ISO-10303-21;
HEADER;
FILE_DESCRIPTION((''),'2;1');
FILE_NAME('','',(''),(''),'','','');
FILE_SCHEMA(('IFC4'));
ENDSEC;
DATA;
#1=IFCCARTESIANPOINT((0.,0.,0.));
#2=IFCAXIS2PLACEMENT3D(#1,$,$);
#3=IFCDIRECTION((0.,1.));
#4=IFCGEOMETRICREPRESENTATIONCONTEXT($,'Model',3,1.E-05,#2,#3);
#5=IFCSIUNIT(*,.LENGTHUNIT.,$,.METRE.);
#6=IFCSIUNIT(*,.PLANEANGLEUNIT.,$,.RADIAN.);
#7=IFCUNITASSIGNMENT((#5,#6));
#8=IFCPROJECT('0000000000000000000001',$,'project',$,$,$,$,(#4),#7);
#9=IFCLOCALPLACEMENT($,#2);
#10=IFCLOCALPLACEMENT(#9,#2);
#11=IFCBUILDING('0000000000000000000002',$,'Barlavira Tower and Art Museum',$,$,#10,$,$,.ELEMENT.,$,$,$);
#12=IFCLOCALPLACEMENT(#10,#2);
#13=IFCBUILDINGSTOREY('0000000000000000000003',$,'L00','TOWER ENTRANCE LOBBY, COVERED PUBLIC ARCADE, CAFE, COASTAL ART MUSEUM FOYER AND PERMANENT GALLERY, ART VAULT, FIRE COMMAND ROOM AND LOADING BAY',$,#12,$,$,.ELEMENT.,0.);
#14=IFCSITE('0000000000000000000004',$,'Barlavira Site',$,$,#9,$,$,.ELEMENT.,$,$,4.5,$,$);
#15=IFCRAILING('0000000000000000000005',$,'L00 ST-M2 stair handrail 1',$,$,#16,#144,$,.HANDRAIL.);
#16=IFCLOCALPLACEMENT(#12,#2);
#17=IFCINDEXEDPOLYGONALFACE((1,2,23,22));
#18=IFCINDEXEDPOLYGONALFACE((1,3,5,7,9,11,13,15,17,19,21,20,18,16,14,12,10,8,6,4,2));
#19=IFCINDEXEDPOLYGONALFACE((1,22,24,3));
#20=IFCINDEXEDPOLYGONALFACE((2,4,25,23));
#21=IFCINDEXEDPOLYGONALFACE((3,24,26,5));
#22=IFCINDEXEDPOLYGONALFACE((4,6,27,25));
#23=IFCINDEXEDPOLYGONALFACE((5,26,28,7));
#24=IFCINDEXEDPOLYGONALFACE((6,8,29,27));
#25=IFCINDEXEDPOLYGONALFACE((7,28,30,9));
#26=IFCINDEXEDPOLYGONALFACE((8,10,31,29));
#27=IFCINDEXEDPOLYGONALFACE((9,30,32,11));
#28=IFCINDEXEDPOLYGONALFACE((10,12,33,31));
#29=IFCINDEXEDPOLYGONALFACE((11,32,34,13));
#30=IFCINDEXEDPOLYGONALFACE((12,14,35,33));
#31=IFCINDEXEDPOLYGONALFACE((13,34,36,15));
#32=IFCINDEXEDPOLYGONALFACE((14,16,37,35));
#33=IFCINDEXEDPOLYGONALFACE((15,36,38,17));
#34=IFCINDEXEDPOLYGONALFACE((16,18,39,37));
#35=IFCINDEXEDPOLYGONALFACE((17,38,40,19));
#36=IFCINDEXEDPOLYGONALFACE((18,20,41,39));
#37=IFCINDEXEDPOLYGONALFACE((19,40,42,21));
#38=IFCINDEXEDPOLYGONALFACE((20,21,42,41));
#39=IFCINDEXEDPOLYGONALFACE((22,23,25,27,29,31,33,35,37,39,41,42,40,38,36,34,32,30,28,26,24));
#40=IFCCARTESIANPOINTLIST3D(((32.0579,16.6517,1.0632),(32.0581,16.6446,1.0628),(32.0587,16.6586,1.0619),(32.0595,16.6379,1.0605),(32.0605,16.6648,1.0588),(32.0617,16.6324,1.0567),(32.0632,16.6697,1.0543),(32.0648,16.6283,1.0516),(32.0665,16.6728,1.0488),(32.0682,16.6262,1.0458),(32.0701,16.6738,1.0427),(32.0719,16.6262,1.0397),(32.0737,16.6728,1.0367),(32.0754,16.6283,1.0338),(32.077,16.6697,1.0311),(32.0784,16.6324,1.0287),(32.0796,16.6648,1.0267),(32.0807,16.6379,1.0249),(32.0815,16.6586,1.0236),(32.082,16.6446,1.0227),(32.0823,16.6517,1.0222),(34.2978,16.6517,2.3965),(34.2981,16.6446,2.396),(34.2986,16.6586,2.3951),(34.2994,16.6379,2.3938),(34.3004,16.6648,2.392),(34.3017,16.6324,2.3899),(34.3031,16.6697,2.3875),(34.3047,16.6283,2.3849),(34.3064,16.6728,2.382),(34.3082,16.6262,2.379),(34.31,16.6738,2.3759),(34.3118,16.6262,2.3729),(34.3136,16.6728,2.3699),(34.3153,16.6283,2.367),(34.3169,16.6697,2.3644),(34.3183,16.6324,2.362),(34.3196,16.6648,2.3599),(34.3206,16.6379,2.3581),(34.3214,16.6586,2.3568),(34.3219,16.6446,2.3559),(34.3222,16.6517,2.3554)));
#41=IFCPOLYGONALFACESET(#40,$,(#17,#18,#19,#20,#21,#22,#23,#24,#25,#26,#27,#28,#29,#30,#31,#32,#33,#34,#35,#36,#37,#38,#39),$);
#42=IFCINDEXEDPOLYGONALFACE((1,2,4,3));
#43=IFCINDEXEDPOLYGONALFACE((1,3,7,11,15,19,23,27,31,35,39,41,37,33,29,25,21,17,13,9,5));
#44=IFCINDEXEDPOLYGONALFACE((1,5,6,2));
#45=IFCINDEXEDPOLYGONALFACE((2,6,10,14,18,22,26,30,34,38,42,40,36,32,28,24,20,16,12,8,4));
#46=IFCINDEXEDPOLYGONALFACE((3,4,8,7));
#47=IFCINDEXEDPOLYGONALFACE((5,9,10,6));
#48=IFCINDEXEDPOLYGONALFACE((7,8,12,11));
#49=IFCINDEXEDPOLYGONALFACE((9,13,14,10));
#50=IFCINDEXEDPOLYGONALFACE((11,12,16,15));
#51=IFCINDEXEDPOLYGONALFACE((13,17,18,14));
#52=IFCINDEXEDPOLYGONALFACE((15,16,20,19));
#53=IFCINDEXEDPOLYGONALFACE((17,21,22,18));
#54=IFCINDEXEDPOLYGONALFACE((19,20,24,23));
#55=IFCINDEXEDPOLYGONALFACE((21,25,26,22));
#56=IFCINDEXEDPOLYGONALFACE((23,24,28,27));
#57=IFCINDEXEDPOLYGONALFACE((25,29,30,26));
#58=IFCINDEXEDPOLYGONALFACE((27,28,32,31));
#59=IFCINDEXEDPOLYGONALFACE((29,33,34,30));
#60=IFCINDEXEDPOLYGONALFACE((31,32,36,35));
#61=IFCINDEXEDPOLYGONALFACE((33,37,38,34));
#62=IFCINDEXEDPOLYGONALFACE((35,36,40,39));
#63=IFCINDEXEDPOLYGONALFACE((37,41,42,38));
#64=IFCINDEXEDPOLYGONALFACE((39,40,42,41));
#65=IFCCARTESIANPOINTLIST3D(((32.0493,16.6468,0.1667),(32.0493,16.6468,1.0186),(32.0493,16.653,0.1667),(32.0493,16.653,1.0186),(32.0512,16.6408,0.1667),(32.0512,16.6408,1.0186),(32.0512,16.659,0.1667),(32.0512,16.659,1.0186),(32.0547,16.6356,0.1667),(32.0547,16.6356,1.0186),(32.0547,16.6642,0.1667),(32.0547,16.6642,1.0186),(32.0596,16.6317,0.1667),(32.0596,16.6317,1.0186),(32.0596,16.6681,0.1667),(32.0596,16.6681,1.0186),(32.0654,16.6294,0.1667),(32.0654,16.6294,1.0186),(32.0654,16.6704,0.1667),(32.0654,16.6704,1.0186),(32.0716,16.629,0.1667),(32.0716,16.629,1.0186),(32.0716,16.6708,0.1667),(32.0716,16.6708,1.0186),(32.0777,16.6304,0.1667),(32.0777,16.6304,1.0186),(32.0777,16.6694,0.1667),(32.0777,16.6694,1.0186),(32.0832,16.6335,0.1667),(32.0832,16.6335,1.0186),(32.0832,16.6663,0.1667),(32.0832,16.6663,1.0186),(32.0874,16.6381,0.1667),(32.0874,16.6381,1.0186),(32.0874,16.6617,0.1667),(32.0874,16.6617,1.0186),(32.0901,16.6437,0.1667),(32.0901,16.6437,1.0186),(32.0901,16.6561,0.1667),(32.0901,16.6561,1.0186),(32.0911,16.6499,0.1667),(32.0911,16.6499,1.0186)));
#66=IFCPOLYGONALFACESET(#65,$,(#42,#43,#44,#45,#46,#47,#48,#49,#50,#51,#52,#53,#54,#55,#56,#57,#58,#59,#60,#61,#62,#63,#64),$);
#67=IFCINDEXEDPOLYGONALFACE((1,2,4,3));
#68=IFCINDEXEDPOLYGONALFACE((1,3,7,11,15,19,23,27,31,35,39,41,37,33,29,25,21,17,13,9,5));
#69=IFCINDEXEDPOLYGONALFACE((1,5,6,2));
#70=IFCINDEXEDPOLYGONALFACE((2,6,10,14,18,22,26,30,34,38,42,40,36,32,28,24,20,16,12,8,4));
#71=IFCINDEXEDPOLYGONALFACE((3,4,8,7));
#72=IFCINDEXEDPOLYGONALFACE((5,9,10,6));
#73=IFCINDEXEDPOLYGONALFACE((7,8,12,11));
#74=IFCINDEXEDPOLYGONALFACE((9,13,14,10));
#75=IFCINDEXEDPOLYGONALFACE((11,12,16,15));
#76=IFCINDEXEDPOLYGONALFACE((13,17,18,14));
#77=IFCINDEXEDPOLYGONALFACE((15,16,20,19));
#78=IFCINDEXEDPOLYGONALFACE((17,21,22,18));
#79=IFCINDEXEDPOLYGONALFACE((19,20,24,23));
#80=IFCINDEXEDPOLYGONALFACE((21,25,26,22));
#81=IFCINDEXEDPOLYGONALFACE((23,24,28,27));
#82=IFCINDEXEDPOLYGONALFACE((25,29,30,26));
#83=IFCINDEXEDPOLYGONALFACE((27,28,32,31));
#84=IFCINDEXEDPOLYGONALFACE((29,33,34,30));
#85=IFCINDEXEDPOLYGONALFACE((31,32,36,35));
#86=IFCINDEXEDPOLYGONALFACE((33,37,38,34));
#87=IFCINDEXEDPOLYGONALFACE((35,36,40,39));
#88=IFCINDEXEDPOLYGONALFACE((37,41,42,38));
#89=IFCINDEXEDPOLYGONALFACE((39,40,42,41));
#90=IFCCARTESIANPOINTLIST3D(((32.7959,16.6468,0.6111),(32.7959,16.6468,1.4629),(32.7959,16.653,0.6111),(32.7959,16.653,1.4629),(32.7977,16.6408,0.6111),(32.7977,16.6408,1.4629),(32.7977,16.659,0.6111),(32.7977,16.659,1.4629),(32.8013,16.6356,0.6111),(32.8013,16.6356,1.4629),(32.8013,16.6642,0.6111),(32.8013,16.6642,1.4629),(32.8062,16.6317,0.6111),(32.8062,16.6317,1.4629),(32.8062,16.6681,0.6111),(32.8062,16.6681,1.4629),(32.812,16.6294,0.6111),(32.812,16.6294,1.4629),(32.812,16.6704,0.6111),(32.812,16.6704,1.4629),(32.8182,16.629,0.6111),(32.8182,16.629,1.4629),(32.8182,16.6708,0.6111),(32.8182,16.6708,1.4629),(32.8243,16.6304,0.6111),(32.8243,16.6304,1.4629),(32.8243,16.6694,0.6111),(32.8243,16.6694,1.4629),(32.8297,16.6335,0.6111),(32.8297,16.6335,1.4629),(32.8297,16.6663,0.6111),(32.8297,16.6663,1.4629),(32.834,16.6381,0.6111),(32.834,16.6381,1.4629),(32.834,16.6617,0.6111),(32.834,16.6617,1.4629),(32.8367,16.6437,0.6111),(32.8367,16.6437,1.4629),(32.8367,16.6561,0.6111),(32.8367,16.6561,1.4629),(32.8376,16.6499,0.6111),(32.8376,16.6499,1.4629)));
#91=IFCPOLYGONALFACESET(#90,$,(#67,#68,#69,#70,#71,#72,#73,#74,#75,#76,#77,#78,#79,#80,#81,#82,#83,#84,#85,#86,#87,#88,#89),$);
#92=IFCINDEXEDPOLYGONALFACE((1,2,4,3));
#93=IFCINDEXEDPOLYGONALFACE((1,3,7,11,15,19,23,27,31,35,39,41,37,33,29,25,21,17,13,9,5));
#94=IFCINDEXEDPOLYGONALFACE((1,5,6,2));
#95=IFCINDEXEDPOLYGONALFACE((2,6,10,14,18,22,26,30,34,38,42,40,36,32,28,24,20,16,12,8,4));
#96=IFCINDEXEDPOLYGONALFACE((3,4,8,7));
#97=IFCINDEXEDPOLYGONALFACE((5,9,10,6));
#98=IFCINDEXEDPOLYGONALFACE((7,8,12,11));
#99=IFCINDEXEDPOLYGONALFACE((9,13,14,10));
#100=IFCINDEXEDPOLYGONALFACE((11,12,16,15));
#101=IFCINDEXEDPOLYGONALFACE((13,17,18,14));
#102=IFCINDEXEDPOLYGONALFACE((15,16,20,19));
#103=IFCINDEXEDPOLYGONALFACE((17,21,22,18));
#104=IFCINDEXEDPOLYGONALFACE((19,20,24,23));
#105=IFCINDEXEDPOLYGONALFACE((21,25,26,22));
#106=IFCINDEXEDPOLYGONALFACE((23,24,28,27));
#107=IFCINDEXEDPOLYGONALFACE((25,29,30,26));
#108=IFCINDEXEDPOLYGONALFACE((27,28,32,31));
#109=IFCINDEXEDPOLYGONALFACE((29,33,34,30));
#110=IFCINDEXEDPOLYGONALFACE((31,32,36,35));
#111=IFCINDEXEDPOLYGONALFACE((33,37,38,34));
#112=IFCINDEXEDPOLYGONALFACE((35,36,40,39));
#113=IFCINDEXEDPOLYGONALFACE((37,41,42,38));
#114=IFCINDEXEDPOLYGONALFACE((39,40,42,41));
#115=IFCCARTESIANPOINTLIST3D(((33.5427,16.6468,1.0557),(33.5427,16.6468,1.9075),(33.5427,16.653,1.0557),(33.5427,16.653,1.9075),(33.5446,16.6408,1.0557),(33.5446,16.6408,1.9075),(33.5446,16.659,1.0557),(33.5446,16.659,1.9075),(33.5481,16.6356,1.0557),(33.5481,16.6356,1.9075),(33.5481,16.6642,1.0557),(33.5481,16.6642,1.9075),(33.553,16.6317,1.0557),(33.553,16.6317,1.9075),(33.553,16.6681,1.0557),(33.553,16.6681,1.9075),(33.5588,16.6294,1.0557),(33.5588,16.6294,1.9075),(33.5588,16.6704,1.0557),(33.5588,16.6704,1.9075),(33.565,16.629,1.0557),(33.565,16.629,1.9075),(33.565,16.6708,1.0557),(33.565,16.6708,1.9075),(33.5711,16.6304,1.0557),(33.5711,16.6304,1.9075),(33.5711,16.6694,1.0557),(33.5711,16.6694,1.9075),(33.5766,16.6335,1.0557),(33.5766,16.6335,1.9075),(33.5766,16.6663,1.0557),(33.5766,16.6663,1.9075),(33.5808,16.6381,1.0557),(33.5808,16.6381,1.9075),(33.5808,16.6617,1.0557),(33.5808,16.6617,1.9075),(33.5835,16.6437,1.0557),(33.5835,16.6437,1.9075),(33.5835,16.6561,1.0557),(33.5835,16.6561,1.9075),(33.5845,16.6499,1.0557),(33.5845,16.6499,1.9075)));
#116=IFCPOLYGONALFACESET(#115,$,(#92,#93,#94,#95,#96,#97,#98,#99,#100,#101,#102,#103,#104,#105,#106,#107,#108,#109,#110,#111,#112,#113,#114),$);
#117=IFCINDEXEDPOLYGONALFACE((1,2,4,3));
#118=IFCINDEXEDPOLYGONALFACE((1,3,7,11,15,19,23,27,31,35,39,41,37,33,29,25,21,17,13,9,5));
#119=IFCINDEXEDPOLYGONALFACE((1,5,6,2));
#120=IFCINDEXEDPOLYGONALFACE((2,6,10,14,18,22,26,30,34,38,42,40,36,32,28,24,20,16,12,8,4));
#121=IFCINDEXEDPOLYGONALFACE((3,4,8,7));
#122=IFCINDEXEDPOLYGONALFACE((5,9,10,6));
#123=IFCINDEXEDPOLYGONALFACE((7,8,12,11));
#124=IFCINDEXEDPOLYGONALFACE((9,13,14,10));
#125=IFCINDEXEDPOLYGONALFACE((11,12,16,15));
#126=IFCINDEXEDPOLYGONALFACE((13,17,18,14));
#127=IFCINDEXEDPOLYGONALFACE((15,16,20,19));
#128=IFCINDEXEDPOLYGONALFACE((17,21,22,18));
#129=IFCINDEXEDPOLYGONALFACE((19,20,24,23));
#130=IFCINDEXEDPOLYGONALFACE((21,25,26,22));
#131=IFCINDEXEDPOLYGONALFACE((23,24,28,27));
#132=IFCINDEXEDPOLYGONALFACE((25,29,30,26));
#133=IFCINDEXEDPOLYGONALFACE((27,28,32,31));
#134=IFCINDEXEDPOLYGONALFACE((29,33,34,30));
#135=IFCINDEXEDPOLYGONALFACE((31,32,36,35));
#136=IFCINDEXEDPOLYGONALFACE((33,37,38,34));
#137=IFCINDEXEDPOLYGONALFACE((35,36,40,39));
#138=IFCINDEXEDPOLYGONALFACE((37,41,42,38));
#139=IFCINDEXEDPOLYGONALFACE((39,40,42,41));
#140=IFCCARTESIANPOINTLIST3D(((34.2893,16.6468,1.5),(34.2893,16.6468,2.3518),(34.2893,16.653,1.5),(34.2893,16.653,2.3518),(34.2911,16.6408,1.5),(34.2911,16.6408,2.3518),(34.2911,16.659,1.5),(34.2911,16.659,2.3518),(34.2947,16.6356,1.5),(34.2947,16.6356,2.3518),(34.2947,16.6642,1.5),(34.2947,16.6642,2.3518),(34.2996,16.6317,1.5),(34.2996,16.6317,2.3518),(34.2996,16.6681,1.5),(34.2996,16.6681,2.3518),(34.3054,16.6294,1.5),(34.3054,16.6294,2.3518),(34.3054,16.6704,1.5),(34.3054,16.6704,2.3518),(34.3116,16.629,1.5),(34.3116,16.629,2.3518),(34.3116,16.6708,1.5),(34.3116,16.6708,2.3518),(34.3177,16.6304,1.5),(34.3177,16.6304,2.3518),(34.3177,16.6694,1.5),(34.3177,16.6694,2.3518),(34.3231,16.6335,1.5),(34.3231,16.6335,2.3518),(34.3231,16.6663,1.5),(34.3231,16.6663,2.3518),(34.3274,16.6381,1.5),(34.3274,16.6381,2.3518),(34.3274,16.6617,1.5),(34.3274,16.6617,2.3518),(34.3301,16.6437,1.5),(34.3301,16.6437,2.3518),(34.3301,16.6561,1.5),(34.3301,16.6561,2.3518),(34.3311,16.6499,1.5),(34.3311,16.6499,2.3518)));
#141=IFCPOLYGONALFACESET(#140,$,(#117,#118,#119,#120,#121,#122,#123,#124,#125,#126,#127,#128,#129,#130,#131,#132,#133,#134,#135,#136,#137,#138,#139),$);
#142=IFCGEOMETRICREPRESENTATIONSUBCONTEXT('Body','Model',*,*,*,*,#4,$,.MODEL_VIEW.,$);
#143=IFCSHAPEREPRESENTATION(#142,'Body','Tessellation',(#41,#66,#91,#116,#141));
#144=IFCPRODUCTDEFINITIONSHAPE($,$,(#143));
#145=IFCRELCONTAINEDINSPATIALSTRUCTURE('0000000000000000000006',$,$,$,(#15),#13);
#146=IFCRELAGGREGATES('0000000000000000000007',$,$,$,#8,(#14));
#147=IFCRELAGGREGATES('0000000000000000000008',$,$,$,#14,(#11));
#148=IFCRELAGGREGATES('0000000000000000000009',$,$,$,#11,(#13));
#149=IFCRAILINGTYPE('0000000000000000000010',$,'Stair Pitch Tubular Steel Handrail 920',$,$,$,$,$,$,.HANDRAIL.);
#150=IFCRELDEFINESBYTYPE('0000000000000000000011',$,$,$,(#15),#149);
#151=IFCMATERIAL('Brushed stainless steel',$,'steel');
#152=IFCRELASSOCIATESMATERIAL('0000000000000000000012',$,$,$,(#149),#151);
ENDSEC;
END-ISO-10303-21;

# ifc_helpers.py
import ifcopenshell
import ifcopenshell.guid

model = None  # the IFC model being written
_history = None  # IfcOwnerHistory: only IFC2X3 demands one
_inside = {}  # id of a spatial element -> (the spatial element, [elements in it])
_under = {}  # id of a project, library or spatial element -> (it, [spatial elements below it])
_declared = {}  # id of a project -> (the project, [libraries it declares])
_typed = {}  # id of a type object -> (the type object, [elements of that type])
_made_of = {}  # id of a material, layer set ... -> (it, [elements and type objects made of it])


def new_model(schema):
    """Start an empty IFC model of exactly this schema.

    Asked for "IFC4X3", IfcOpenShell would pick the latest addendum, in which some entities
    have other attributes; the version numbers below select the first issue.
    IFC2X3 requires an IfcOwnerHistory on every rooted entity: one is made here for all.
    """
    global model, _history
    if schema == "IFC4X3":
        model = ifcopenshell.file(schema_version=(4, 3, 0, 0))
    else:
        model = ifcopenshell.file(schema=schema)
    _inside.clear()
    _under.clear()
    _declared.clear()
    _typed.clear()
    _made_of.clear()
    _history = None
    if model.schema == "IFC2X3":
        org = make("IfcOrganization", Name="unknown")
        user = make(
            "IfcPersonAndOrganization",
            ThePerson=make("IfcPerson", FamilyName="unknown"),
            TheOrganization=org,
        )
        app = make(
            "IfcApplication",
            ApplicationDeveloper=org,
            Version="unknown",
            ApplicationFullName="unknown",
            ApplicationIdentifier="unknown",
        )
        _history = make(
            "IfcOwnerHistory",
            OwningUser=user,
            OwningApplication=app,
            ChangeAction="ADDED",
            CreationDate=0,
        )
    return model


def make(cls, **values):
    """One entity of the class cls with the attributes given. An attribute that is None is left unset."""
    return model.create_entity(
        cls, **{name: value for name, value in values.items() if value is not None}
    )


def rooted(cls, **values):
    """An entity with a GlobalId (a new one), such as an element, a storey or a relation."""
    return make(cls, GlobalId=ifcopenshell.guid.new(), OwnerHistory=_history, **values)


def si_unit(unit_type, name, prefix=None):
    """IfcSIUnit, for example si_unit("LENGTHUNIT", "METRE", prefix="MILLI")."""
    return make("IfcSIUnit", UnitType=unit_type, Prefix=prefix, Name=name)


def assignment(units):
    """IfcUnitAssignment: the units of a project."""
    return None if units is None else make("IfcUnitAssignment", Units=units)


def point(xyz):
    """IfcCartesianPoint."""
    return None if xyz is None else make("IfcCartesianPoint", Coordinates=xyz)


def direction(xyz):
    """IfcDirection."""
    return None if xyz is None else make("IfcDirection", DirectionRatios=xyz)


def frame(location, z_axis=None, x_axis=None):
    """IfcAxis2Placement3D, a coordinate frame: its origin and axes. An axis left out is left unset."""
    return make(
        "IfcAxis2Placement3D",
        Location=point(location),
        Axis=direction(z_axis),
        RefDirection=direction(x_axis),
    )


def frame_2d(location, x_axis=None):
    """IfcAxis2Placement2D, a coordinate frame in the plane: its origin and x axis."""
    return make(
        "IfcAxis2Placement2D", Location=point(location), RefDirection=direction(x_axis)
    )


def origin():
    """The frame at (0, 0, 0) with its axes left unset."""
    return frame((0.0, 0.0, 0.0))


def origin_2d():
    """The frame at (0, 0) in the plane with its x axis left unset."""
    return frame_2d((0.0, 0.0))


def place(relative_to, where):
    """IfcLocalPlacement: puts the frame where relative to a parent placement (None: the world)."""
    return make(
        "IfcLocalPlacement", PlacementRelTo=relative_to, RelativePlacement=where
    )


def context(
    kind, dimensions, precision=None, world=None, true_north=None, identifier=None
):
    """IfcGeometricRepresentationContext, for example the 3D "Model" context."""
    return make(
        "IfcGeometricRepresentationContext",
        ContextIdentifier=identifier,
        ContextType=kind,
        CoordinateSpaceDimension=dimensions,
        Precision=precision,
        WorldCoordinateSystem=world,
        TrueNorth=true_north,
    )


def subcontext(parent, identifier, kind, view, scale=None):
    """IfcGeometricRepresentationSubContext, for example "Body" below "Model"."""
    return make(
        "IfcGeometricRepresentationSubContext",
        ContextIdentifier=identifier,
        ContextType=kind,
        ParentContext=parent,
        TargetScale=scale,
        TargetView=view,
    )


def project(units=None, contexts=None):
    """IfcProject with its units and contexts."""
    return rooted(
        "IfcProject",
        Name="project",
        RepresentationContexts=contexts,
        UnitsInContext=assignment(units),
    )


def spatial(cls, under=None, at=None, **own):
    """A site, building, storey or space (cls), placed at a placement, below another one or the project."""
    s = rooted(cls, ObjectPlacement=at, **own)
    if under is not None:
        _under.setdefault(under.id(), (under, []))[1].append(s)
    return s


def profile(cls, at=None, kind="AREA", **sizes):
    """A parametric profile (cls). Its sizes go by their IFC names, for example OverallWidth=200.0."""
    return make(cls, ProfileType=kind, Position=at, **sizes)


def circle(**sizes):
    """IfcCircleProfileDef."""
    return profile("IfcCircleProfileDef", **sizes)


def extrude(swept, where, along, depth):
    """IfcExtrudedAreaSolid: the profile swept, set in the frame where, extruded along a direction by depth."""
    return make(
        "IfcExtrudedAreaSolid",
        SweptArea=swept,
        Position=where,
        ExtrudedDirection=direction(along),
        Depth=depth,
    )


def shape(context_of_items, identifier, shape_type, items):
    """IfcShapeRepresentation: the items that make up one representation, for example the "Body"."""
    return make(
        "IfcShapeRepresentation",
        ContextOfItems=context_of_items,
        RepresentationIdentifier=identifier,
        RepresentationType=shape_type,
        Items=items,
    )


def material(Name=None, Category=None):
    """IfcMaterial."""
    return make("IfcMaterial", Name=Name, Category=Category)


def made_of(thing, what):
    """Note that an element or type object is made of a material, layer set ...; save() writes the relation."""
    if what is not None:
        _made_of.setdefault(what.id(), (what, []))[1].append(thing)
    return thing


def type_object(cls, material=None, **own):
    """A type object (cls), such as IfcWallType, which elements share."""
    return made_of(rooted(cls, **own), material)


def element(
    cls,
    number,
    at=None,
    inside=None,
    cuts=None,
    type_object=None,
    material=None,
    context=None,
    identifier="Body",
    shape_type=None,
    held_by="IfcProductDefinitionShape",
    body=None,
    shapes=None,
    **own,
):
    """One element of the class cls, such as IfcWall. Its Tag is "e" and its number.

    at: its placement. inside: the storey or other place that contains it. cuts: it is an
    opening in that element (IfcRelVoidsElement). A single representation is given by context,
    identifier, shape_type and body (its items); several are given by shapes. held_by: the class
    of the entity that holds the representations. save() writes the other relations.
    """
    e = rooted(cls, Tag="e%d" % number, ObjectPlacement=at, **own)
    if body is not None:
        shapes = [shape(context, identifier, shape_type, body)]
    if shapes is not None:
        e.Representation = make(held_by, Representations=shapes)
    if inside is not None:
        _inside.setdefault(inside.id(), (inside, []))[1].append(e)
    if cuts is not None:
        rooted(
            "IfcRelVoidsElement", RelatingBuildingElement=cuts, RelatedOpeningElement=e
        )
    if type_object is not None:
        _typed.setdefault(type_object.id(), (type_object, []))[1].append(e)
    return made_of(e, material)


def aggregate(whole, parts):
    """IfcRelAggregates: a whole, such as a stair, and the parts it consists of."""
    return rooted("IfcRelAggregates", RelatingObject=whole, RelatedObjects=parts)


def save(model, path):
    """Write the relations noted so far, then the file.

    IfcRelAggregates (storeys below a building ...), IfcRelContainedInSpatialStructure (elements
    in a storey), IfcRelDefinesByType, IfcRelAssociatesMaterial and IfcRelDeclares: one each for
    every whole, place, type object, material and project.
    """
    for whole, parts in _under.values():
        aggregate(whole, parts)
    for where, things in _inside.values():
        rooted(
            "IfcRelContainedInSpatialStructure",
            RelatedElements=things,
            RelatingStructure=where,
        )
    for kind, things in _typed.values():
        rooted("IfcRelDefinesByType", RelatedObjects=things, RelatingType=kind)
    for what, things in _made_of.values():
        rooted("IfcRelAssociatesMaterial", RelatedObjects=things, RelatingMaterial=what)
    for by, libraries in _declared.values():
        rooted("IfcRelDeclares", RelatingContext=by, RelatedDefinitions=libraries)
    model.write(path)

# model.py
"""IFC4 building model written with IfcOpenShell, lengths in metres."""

from ifc_helpers import new_model, si_unit, direction, frame, origin, origin_2d, place, context, subcontext, project, spatial, circle, extrude, material, type_object, element, save


model = new_model("IFC4")

# Units and contexts
model_context = context("Model", 3, precision=1e-05, world=origin(), true_north=direction((0.0, 1.0)))
body_context = subcontext(model_context, "Body", "Model", "MODEL_VIEW")
ifc_project = project(units=[si_unit("LENGTHUNIT", "METRE"), si_unit("PLANEANGLEUNIT", "RADIAN")], contexts=[model_context])

# Site, building, storey
site_placement = place(None, origin())
site = spatial("IfcSite", under=ifc_project, at=site_placement, Name="Barlavira Site", CompositionType="ELEMENT", RefElevation=4.5)
building_placement = place(site_placement, origin())
building = spatial("IfcBuilding", under=site, at=building_placement, Name="Barlavira Tower and Art Museum", CompositionType="ELEMENT")
storey_placement = place(building_placement, origin())
storey = spatial("IfcBuildingStorey", under=building, at=storey_placement, Name="L00", Description="TOWER ENTRANCE LOBBY, COVERED PUBLIC ARCADE, CAFE, COASTAL ART MUSEUM FOYER AND PERMANENT GALLERY, ART VAULT, FIRE COMMAND ROOM AND LOADING BAY", CompositionType="ELEMENT", Elevation=0.0)

# Shared definitions
ifc_material_1 = material(Name="Brushed stainless steel", Category="steel")

# Railing
railing_type_1 = type_object("IfcRailingType", Name="Stair Pitch Tubular Steel Handrail 920", PredefinedType="HANDRAIL", material=ifc_material_1)
for number, where, name in (
    (1, (32.0701, 16.6499, 0.1667), "L00 ST-M2 stair handrail 1"),
):
    element("IfcRailing", number, at=place(storey_placement, frame(where)), inside=storey, type_object=railing_type_1, Name=name, PredefinedType="HANDRAIL", context=body_context, shape_type="SweptSolid", body=[
        extrude(circle(Radius=0.0239, at=origin_2d()), frame((0.0, 0.0, 0.876), z_axis=(0.859306, 0.0, 0.511462), x_axis=(0.0, 1.0, 0.0)), (0.0, 0.0, 1.0), 2.6067),
        extrude(circle(Radius=0.021, at=origin_2d()), origin(), (0.0, 0.0, 1.0), 0.8518),
        extrude(circle(Radius=0.021, at=origin_2d()), frame((0.7466, 0.0, 0.4443)), (0.0, 0.0, 1.0), 0.8518),
        extrude(circle(Radius=0.021, at=origin_2d()), frame((1.4934, 0.0, 0.8889)), (0.0, 0.0, 1.0), 0.8518),
        extrude(circle(Radius=0.021, at=origin_2d()), frame((2.24, 0.0, 1.3333)), (0.0, 0.0, 1.0), 0.8518),
    ])

save(model, "model.ifc")
